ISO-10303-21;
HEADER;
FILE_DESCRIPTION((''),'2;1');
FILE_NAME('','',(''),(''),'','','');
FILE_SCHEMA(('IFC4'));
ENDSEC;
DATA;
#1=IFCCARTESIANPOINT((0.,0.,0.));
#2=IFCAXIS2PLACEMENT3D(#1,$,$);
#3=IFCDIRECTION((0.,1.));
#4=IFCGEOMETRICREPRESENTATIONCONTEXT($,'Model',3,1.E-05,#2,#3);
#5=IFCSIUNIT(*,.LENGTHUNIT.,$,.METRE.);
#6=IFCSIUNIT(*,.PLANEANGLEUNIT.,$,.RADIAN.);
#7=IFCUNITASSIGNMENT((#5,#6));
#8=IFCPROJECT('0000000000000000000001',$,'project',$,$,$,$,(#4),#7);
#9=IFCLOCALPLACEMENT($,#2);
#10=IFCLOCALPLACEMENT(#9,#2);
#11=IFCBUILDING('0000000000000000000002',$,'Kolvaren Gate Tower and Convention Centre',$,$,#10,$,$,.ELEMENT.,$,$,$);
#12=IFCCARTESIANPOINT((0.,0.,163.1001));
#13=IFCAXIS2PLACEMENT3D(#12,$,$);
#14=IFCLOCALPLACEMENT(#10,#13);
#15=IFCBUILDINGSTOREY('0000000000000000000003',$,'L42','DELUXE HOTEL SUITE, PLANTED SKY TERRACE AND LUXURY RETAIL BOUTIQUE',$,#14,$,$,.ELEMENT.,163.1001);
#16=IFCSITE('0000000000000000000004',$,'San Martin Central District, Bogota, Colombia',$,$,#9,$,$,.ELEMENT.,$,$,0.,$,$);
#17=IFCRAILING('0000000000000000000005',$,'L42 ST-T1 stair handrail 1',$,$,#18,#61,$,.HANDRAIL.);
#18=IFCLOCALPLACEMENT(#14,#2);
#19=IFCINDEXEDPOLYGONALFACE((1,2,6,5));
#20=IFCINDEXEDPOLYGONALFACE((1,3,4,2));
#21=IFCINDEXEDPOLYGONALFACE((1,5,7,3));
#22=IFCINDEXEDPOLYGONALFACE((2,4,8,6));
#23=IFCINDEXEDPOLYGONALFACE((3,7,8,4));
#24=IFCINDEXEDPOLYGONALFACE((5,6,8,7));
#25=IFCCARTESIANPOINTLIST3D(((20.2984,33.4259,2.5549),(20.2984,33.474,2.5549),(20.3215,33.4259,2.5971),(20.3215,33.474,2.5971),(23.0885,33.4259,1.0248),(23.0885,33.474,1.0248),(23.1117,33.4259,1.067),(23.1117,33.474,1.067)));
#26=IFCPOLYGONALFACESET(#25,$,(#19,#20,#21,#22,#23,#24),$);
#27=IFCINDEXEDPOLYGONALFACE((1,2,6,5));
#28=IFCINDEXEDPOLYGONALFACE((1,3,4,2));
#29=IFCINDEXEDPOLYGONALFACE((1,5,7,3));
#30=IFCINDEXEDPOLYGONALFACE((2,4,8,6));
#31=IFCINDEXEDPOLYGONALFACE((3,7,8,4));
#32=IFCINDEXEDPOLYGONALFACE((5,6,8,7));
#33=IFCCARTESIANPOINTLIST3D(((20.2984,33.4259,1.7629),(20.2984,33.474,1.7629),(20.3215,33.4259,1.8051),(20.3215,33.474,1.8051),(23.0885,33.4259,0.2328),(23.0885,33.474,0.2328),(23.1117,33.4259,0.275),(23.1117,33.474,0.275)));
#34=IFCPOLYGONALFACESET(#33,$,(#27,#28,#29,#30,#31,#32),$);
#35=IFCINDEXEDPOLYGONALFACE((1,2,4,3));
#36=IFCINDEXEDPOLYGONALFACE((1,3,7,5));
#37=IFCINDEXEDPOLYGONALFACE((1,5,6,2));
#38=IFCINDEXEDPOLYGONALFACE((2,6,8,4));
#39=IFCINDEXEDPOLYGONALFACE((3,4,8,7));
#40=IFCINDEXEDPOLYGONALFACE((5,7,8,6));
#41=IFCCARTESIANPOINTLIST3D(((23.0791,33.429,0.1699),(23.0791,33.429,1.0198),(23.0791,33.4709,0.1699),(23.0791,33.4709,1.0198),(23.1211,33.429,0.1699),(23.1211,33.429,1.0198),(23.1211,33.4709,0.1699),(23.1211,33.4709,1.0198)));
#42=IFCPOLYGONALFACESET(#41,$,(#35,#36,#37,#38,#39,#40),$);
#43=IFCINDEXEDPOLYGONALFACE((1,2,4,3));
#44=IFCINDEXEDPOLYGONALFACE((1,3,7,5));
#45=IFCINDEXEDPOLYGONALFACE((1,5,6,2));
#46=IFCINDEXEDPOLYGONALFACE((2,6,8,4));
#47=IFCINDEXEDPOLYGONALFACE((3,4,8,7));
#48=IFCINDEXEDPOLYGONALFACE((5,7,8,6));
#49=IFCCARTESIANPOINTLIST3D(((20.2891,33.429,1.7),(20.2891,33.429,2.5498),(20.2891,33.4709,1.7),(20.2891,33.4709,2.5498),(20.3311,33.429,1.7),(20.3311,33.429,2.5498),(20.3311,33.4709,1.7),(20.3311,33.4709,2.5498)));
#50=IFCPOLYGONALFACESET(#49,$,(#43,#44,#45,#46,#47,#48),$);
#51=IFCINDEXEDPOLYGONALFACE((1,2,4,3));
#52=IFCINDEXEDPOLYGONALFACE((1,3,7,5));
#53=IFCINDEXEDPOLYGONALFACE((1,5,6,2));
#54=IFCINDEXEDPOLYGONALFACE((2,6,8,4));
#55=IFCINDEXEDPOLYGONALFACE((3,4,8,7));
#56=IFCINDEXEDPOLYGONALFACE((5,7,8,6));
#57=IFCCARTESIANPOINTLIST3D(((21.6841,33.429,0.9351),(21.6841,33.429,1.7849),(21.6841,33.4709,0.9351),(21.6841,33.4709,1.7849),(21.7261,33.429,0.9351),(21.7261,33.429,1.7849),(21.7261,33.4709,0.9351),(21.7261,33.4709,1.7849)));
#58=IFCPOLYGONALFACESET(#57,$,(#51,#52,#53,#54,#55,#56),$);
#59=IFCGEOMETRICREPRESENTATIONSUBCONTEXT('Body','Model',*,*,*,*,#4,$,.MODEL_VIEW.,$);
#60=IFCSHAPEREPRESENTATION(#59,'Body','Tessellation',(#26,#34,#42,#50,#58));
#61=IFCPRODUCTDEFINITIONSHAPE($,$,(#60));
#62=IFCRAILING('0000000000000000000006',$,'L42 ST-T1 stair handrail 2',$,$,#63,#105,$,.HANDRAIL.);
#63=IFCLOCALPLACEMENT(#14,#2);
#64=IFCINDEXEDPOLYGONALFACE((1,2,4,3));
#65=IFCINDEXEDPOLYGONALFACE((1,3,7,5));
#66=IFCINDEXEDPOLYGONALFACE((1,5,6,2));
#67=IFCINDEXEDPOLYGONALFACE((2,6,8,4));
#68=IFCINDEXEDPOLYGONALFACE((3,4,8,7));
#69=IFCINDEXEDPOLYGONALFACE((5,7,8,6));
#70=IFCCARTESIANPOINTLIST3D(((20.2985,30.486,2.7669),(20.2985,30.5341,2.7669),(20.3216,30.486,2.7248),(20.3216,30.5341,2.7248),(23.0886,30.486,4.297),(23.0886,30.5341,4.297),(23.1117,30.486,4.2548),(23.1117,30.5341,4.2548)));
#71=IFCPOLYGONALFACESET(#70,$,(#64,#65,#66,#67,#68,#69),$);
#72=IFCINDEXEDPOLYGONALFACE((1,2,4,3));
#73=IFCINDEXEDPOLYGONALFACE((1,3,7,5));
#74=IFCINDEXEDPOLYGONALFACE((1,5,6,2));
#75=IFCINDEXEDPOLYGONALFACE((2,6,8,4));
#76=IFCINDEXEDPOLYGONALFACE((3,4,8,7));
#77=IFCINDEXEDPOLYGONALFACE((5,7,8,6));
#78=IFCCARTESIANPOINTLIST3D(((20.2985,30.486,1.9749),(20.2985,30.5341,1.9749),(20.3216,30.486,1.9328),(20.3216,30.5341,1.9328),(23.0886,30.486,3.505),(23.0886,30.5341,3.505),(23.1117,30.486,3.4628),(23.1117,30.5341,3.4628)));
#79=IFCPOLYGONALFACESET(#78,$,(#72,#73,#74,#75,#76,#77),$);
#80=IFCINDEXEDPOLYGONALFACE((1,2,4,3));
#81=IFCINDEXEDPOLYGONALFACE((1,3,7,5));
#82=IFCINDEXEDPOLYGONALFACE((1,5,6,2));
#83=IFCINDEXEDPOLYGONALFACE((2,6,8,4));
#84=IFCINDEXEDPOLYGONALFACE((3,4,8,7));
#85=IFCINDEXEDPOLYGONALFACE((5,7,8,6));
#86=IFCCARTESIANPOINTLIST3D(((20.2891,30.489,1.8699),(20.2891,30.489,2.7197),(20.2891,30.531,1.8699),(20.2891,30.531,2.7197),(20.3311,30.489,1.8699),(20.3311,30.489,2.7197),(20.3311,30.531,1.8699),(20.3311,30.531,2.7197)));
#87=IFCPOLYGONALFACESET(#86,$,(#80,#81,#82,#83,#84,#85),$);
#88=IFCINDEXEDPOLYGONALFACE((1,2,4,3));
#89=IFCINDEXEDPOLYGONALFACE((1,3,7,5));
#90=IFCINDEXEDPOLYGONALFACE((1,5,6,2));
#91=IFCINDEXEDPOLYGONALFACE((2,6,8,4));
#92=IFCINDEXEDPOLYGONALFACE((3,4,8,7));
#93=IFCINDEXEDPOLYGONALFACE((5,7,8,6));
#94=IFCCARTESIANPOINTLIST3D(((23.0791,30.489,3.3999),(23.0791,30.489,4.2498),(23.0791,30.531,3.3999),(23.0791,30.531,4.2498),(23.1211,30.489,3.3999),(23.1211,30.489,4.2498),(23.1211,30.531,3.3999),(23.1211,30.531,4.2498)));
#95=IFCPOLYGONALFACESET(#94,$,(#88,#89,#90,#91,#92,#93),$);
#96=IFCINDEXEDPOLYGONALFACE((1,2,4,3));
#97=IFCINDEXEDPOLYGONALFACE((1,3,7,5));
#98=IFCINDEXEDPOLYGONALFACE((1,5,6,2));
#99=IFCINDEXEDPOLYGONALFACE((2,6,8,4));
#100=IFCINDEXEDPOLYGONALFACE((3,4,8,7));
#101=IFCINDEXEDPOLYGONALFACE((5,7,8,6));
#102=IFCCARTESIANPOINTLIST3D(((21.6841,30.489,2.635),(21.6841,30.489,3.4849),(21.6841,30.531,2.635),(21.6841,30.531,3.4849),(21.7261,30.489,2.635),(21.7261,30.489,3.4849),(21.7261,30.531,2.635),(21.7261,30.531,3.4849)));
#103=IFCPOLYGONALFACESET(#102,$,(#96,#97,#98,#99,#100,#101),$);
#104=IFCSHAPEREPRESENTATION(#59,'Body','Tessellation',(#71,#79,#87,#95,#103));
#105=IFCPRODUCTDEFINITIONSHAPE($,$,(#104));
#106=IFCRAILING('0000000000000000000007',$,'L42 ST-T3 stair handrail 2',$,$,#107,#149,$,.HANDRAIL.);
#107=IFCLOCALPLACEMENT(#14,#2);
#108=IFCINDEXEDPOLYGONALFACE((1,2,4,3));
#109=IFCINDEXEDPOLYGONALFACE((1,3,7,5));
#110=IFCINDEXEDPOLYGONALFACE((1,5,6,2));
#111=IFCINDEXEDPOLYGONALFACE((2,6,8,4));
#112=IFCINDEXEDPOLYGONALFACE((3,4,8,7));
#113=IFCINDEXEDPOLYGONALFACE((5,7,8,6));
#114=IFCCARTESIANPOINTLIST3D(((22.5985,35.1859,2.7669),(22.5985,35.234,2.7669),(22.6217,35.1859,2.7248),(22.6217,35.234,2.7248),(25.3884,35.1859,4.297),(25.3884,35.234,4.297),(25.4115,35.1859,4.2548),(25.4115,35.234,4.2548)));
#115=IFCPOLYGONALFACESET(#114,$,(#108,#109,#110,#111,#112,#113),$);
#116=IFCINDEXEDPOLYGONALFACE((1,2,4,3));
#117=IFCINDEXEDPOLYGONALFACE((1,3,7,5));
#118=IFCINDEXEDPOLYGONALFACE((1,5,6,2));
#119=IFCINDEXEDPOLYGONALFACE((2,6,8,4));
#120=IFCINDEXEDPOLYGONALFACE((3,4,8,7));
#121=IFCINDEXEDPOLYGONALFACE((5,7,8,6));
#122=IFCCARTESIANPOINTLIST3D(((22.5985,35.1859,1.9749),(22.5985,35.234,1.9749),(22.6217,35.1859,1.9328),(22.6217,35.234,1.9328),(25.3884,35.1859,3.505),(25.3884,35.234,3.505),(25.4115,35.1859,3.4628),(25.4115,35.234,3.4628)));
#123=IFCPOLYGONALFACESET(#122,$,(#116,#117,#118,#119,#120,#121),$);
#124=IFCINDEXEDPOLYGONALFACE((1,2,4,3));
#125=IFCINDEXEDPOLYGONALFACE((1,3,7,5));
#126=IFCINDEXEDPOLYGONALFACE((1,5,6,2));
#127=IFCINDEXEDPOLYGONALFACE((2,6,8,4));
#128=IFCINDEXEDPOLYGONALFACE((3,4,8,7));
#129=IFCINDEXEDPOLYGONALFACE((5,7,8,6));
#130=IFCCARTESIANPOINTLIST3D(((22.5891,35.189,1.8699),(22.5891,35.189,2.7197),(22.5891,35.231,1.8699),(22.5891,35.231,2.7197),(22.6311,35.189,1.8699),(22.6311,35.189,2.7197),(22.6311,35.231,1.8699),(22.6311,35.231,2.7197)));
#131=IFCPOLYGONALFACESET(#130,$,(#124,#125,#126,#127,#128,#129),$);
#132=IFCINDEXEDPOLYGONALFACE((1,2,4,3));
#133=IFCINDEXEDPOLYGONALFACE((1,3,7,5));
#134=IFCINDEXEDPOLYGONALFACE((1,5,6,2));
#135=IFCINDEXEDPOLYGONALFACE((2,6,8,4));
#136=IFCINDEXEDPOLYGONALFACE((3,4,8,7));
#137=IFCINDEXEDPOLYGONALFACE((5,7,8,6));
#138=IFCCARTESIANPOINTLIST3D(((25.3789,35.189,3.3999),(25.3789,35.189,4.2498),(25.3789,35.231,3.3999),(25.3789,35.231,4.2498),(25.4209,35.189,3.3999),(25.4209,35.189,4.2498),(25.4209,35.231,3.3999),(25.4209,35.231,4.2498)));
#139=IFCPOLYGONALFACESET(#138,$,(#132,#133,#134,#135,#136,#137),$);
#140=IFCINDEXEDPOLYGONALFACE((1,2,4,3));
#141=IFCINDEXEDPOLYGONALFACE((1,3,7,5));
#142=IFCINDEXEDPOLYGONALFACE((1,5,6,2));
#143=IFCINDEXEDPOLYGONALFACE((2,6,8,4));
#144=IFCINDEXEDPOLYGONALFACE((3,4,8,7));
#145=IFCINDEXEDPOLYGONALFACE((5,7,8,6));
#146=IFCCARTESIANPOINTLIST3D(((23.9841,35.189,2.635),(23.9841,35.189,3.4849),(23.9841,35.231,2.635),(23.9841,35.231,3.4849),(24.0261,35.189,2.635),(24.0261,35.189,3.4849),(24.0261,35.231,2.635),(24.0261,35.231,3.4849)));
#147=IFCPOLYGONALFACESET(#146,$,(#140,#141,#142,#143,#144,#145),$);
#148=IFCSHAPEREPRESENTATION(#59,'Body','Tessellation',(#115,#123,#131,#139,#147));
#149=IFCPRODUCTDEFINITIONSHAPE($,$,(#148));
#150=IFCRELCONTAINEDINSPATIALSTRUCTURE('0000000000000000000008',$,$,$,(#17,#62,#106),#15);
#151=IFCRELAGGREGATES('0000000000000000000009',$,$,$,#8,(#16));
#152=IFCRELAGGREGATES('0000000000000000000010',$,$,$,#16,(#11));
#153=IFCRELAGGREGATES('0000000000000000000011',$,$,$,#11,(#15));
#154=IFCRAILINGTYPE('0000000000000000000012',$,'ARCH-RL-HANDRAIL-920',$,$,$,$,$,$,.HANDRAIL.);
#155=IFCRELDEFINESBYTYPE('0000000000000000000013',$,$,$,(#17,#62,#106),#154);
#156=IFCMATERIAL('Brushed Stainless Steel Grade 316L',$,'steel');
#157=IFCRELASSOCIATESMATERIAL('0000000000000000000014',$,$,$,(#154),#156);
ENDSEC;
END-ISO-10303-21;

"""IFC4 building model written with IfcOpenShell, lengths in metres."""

from ifc_helpers import new_model, si_unit, direction, frame, origin, origin_2d, place, context, subcontext, project, spatial, rectangle, extrude, material, type_object, element, save


model = new_model("IFC4")

# Units and contexts
model_context = context("Model", 3, precision=1e-05, world=origin(), true_north=direction((0.0, 1.0)))
body_context = subcontext(model_context, "Body", "Model", "MODEL_VIEW")
ifc_project = project(units=[si_unit("LENGTHUNIT", "METRE"), si_unit("PLANEANGLEUNIT", "RADIAN")], contexts=[model_context])

# Site, building, storey
site_placement = place(None, origin())
site = spatial("IfcSite", under=ifc_project, at=site_placement, Name="San Martin Central District, Bogota, Colombia", CompositionType="ELEMENT", RefElevation=0.0)
building_placement = place(site_placement, origin())
building = spatial("IfcBuilding", under=site, at=building_placement, Name="Kolvaren Gate Tower and Convention Centre", CompositionType="ELEMENT")
storey_placement = place(building_placement, frame((0.0, 0.0, 163.1001)))
storey = spatial("IfcBuildingStorey", under=building, at=storey_placement, Name="L42", Description="DELUXE HOTEL SUITE, PLANTED SKY TERRACE AND LUXURY RETAIL BOUTIQUE", CompositionType="ELEMENT", Elevation=163.1001)

# Shared definitions
ifc_material_1 = material(Name="Brushed Stainless Steel Grade 316L", Category="steel")

# Railings
railing_type_1 = type_object("IfcRailingType", Name="ARCH-RL-HANDRAIL-920", PredefinedType="HANDRAIL", material=ifc_material_1)
railing_1_placement = place(storey_placement, frame((23.1001, 33.45, 0.1699)))
element("IfcRailing", 1, at=railing_1_placement, inside=storey, type_object=railing_type_1, Name="L42 ST-T1 stair handrail 1", PredefinedType="HANDRAIL", context=body_context, shape_type="SweptSolid", body=[
    extrude(rectangle(XDim=0.0481, YDim=0.0481, at=origin_2d()), frame((0.0, 0.0, 0.876), z_axis=(-0.876811, 0.0, 0.480835), x_axis=(0.0, -1.0, 0.0)), (0.0, 0.0, 1.0), 3.1821),
    extrude(rectangle(XDim=0.0481, YDim=0.0481, at=origin_2d()), frame((0.0, 0.0, 0.084), z_axis=(-0.876811, 0.0, 0.480835), x_axis=(0.0, -1.0, 0.0)), (0.0, 0.0, 1.0), 3.1821),
    extrude(rectangle(XDim=0.042, YDim=0.042, at=origin_2d()), origin(), (0.0, 0.0, 1.0), 0.8499),
    extrude(rectangle(XDim=0.042, YDim=0.042, at=origin_2d()), frame((-2.79, 0.0, 1.53)), (0.0, 0.0, 1.0), 0.8499),
    extrude(rectangle(XDim=0.042, YDim=0.042, at=origin_2d()), frame((-1.395, 0.0, 0.7651)), (0.0, 0.0, 1.0), 0.8499),
])
railing_2_placement = place(storey_placement, frame((20.3101, 30.51, 1.8699)))
element("IfcRailing", 2, at=railing_2_placement, inside=storey, type_object=railing_type_1, Name="L42 ST-T1 stair handrail 2", PredefinedType="HANDRAIL", context=body_context, shape_type="SweptSolid", body=[
    extrude(rectangle(XDim=0.0481, YDim=0.0481, at=origin_2d()), frame((0.0, 0.0, 0.876), z_axis=(0.876811, 0.0, 0.480835), x_axis=(0.0, 1.0, 0.0)), (0.0, 0.0, 1.0), 3.1821),
    extrude(rectangle(XDim=0.0481, YDim=0.0481, at=origin_2d()), frame((0.0, 0.0, 0.084), z_axis=(0.876811, 0.0, 0.480835), x_axis=(0.0, 1.0, 0.0)), (0.0, 0.0, 1.0), 3.1821),
    extrude(rectangle(XDim=0.042, YDim=0.042, at=origin_2d()), origin(), (0.0, 0.0, 1.0), 0.8499),
    extrude(rectangle(XDim=0.042, YDim=0.042, at=origin_2d()), frame((2.79, 0.0, 1.53)), (0.0, 0.0, 1.0), 0.8499),
    extrude(rectangle(XDim=0.042, YDim=0.042, at=origin_2d()), frame((1.395, 0.0, 0.7651)), (0.0, 0.0, 1.0), 0.8499),
])
railing_3_placement = place(storey_placement, frame((22.6101, 35.21, 1.8699)))
element("IfcRailing", 3, at=railing_3_placement, inside=storey, type_object=railing_type_1, Name="L42 ST-T3 stair handrail 2", PredefinedType="HANDRAIL", context=body_context, shape_type="SweptSolid", body=[
    extrude(rectangle(XDim=0.0481, YDim=0.0481, at=origin_2d()), frame((0.0, 0.0, 0.876), z_axis=(0.876794, 0.0, 0.480867), x_axis=(0.0, 1.0, 0.0)), (0.0, 0.0, 1.0), 3.1819),
    extrude(rectangle(XDim=0.0481, YDim=0.0481, at=origin_2d()), frame((0.0, 0.0, 0.084), z_axis=(0.876794, 0.0, 0.480867), x_axis=(0.0, 1.0, 0.0)), (0.0, 0.0, 1.0), 3.1819),
    extrude(rectangle(XDim=0.042, YDim=0.042, at=origin_2d()), origin(), (0.0, 0.0, 1.0), 0.8499),
    extrude(rectangle(XDim=0.042, YDim=0.042, at=origin_2d()), frame((2.7898, 0.0, 1.53)), (0.0, 0.0, 1.0), 0.8499),
    extrude(rectangle(XDim=0.042, YDim=0.042, at=origin_2d()), frame((1.395, 0.0, 0.7651)), (0.0, 0.0, 1.0), 0.8499),
])

save(model, "model.ifc")
